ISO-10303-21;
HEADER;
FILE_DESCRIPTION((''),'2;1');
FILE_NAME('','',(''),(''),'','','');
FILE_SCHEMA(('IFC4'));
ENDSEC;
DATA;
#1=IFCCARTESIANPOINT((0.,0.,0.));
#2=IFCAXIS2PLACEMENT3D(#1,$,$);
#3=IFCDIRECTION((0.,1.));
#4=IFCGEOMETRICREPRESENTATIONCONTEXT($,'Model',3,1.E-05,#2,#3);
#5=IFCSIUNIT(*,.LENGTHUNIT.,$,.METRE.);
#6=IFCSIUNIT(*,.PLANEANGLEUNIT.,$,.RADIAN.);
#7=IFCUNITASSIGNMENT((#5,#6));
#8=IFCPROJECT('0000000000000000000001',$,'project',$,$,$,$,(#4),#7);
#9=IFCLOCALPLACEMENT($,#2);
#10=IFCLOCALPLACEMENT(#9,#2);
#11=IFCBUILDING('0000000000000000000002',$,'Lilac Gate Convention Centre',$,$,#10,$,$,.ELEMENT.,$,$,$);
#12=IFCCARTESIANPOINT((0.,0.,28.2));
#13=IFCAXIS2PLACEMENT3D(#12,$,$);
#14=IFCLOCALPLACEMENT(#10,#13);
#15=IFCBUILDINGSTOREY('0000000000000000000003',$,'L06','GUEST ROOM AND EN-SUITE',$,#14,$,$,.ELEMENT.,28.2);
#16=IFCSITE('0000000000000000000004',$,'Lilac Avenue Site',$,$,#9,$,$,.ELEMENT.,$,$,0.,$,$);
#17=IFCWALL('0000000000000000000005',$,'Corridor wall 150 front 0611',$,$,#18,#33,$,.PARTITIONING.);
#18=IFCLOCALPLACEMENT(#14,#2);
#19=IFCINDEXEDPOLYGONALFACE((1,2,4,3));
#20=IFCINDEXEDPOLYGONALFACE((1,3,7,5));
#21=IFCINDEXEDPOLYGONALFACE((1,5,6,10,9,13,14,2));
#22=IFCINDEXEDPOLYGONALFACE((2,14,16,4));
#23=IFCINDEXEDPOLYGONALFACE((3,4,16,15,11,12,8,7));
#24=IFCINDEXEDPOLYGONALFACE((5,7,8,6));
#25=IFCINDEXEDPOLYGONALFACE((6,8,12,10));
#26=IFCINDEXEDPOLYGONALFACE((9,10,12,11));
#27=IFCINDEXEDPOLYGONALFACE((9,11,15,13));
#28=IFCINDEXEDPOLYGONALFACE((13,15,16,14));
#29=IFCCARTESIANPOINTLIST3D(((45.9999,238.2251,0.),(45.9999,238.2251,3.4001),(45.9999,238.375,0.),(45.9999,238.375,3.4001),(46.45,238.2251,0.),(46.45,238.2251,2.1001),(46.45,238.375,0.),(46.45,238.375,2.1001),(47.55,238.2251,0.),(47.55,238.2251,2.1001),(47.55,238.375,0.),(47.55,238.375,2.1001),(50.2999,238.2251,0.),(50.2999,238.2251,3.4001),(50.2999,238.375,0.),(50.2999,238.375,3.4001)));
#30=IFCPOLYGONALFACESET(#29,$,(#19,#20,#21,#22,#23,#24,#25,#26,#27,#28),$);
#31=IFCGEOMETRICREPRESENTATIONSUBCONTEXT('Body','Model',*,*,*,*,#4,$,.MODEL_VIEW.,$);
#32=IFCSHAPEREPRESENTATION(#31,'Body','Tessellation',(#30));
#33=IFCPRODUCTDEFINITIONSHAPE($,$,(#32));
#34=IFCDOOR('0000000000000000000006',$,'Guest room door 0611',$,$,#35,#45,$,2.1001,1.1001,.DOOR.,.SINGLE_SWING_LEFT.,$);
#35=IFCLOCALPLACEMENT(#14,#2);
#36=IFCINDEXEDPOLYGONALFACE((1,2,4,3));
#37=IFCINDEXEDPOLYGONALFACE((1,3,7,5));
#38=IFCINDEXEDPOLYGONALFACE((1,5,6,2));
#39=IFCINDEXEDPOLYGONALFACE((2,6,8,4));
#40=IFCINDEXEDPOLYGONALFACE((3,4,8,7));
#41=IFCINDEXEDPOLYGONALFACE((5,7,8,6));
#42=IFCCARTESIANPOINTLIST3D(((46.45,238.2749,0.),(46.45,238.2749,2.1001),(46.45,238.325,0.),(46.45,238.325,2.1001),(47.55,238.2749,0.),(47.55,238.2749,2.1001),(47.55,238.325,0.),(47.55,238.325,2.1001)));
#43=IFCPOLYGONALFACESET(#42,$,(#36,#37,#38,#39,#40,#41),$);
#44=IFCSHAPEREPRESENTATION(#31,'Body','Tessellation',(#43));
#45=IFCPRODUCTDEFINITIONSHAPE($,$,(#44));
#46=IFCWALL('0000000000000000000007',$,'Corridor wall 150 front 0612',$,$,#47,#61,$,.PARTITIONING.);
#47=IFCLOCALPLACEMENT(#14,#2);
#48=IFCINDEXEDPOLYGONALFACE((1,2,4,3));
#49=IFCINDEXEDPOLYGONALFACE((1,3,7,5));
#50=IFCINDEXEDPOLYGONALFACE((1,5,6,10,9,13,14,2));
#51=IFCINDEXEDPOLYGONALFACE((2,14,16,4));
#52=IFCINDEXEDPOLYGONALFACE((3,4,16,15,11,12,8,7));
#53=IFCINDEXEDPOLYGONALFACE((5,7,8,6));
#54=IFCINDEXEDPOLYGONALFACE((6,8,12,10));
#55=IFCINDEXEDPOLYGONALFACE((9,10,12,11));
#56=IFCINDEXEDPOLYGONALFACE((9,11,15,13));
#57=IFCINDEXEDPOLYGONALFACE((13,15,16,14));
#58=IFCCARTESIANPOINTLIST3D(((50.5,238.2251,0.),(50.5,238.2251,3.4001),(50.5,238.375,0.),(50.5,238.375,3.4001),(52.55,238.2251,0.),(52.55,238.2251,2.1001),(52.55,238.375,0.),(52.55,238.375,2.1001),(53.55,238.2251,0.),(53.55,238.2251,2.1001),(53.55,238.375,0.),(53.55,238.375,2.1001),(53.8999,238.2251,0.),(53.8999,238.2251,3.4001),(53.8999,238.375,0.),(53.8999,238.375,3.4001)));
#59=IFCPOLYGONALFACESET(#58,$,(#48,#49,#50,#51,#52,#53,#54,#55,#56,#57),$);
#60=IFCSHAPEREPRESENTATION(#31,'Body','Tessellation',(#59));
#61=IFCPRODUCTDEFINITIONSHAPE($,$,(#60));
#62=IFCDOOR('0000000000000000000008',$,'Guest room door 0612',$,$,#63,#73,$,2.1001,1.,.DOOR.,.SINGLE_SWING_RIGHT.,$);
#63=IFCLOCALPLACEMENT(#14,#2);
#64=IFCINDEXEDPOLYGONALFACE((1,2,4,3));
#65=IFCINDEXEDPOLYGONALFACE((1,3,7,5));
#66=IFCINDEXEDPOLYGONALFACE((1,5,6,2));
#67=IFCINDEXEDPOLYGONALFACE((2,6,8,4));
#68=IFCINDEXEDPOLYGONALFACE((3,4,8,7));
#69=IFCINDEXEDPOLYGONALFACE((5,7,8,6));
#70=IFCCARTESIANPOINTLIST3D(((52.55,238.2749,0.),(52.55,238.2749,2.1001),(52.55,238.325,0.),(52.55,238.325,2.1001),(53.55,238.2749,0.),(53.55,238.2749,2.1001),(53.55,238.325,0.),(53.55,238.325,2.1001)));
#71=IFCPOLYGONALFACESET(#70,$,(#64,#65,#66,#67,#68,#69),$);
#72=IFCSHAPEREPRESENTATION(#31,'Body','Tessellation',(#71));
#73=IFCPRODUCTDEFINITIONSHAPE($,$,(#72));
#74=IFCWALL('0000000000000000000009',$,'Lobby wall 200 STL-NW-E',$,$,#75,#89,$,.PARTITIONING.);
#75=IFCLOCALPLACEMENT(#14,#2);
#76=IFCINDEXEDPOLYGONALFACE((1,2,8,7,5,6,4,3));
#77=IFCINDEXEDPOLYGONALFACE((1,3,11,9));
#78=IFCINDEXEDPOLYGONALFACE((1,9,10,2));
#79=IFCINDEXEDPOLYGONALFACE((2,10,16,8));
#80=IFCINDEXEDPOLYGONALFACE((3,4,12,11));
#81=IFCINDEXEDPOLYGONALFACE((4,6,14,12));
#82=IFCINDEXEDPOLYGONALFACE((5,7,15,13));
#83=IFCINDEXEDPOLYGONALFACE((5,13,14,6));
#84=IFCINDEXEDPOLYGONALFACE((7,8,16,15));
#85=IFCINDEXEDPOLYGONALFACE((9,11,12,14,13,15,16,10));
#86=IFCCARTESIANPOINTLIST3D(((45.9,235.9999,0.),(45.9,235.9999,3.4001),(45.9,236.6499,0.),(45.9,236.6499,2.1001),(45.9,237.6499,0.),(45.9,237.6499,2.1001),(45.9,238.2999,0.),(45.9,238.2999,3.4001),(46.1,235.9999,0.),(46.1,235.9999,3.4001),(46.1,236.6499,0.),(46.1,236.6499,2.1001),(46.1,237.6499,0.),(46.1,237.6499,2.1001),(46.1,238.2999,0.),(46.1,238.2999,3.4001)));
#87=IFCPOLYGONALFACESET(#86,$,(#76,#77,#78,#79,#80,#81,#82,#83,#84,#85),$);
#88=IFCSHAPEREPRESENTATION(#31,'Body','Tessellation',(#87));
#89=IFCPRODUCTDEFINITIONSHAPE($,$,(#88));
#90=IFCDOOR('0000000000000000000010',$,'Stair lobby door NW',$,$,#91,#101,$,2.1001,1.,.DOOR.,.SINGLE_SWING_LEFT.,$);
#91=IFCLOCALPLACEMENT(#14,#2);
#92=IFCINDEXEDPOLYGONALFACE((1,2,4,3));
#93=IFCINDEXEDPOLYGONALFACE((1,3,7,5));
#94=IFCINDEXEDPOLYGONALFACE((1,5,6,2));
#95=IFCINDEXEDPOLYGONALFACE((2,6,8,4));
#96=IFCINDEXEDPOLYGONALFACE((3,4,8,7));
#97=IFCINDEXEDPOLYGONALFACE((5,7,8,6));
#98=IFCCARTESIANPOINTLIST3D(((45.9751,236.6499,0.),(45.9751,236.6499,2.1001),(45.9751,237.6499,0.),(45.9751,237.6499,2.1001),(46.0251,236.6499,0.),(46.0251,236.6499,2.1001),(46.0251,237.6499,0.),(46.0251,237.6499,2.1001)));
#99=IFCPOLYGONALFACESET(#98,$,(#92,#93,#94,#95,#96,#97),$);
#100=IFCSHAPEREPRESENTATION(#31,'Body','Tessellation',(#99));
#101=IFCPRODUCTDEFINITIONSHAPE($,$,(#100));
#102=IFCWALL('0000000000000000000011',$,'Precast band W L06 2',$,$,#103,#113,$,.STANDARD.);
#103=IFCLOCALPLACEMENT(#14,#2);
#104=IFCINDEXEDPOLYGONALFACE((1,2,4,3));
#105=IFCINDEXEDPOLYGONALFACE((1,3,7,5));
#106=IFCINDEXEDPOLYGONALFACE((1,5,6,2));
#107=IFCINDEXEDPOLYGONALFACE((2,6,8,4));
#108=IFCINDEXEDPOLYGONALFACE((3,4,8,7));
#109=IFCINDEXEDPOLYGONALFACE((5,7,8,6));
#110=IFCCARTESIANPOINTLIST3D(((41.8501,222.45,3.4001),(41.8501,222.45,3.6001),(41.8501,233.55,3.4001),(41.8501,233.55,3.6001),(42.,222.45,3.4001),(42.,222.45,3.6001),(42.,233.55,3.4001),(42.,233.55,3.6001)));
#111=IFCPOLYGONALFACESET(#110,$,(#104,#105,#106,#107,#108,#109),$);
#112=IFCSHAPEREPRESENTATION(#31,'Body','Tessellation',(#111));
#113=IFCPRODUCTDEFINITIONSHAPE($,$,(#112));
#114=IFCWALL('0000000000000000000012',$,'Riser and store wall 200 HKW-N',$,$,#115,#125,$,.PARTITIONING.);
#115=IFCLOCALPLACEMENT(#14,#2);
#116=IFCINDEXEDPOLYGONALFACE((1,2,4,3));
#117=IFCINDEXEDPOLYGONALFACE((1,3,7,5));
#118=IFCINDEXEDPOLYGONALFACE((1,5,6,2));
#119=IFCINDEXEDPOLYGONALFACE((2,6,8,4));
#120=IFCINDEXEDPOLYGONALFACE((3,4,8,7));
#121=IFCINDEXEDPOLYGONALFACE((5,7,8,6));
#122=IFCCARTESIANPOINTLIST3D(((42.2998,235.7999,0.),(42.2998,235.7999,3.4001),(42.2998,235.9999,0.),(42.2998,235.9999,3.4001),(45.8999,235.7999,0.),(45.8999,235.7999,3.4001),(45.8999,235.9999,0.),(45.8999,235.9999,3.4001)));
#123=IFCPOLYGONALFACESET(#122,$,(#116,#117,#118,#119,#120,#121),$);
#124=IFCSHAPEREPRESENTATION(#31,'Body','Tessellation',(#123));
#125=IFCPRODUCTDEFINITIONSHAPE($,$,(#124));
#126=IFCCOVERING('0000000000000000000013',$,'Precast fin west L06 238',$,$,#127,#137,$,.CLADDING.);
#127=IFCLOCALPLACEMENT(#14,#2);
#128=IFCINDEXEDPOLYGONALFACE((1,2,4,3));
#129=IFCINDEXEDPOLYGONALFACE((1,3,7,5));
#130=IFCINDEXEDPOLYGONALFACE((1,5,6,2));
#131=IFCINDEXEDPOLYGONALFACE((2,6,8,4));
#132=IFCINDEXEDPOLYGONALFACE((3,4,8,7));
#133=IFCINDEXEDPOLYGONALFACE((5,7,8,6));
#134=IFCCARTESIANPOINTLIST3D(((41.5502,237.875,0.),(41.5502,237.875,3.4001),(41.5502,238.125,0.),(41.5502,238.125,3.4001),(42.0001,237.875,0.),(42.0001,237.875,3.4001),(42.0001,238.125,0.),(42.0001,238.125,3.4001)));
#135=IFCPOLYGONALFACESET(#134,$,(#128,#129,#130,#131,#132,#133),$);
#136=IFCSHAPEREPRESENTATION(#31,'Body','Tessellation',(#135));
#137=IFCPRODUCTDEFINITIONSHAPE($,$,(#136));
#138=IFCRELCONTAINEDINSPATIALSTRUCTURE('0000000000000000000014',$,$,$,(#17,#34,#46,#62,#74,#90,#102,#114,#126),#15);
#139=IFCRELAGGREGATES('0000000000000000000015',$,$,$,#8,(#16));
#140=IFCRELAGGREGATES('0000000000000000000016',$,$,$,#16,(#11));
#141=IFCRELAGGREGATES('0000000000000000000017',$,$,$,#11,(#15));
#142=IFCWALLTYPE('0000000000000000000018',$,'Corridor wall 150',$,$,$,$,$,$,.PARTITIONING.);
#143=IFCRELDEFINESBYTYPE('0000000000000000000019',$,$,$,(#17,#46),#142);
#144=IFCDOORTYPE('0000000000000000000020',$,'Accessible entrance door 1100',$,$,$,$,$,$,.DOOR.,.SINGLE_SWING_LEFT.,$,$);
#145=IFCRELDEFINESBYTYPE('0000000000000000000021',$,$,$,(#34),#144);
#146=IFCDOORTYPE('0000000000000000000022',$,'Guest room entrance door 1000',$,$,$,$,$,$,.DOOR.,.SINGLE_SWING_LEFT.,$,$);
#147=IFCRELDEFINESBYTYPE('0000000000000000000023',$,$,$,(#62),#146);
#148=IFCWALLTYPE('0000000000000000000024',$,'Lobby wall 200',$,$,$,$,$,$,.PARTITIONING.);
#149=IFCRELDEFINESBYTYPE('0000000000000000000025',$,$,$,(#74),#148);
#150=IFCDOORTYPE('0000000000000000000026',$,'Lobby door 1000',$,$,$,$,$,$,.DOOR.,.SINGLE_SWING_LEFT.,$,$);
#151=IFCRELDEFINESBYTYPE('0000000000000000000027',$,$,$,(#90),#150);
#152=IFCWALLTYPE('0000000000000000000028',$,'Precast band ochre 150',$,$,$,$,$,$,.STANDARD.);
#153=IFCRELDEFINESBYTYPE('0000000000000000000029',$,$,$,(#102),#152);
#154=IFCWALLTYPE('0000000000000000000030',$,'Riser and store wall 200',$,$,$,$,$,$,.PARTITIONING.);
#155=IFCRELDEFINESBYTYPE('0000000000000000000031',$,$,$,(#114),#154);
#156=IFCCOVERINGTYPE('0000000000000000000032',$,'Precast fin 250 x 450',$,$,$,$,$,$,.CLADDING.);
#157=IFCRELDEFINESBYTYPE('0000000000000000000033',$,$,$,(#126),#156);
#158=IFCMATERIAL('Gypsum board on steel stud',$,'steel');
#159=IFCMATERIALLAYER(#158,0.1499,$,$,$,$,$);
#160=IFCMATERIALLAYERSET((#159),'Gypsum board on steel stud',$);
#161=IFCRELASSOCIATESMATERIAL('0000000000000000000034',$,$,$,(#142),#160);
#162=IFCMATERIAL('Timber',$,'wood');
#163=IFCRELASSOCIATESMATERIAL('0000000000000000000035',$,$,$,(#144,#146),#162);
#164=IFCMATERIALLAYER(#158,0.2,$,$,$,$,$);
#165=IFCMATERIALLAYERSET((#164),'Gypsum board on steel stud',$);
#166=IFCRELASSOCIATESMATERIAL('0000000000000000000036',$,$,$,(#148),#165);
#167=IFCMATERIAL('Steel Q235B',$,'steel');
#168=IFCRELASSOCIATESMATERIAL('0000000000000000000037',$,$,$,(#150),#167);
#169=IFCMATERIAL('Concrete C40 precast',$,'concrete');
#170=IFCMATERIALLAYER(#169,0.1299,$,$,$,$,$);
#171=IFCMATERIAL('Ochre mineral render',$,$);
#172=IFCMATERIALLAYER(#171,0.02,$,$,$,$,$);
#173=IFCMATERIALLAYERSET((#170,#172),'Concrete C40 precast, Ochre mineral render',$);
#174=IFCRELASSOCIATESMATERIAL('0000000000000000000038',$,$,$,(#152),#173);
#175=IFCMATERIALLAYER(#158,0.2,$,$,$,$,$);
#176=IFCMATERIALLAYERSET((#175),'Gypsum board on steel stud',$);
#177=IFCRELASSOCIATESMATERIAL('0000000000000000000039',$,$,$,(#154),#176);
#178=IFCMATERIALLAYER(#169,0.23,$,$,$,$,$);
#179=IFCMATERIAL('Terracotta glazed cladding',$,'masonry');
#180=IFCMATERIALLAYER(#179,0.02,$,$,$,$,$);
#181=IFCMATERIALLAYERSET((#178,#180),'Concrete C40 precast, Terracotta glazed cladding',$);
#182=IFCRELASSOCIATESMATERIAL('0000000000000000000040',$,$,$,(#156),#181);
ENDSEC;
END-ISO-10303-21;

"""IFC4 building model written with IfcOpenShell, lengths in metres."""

from ifc_helpers import new_model, si_unit, direction, frame, frame_2d, origin, place, context, subcontext, project, spatial, rectangle, extrude, material, layer, layer_set, type_object, element, fill, save


model = new_model("IFC4")

# Units and contexts
model_context = context("Model", 3, precision=1e-05, world=origin(), true_north=direction((0.0, 1.0)))
body_context = subcontext(model_context, "Body", "Model", "MODEL_VIEW")
ifc_project = project(units=[si_unit("LENGTHUNIT", "METRE"), si_unit("PLANEANGLEUNIT", "RADIAN")], contexts=[model_context])

# Site, building, storey
site_placement = place(None, origin())
site = spatial("IfcSite", under=ifc_project, at=site_placement, Name="Lilac Avenue Site", CompositionType="ELEMENT", RefElevation=0.0)
building_placement = place(site_placement, origin())
building = spatial("IfcBuilding", under=site, at=building_placement, Name="Lilac Gate Convention Centre", CompositionType="ELEMENT")
storey_placement = place(building_placement, frame((0.0, 0.0, 28.2)))
storey = spatial("IfcBuildingStorey", under=building, at=storey_placement, Name="L06", Description="GUEST ROOM AND EN-SUITE", CompositionType="ELEMENT", Elevation=28.2)

# Walls, openings, doors
ifc_material_1 = material(Name="Gypsum board on steel stud", Category="steel")
ifc_layer_1 = layer(ifc_material_1, 0.1499)
ifc_layer_set_1 = layer_set([ifc_layer_1], Name="Gypsum board on steel stud")
wall_type_1 = type_object("IfcWallType", Name="Corridor wall 150", PredefinedType="PARTITIONING", material=ifc_layer_set_1)
wall_1_placement = place(storey_placement, frame((46.0, 238.3, 0.0), z_axis=(0.0, 0.0, 1.0), x_axis=(1.0, 0.0, 0.0)))
wall_1 = element("IfcWall", 1, at=wall_1_placement, inside=storey, type_object=wall_type_1, Name="Corridor wall 150 front 0611", PredefinedType="PARTITIONING", context=body_context, shape_type="SweptSolid", body=[
    extrude(rectangle(XDim=4.3, YDim=0.1499, at=frame_2d((2.1499, 0.0))), origin(), (0.0, 0.0, 1.0), 3.4001),
])
opening_1_placement = place(wall_1_placement, frame((0.45, 0.0, 0.0)))
opening_1 = element("IfcOpeningElement", 2, at=opening_1_placement, cuts=wall_1, PredefinedType="OPENING", context=body_context, shape_type="SweptSolid", body=[
    extrude(rectangle(XDim=1.1001, YDim=2.1001, at=frame_2d((0.55, 1.05))), frame((0.0, 0.085, 0.0), z_axis=(0.0, -1.0, 0.0), x_axis=(1.0, 0.0, 0.0)), (0.0, 0.0, 1.0), 0.1699),
])
ifc_material_2 = material(Name="Timber", Category="wood")
door_type_1 = type_object("IfcDoorType", Name="Accessible entrance door 1100", OperationType="SINGLE_SWING_LEFT", PredefinedType="DOOR", material=ifc_material_2)
door_1_placement = place(opening_1_placement, origin())
door_1 = element("IfcDoor", 3, at=door_1_placement, inside=storey, type_object=door_type_1, Name="Guest room door 0611", OperationType="SINGLE_SWING_LEFT", OverallHeight=2.1001, OverallWidth=1.1001, PredefinedType="DOOR", context=body_context, shape_type="SweptSolid", body=[
    extrude(rectangle(XDim=1.1001, YDim=2.1001, at=frame_2d((0.55, 1.05))), frame((0.0, 0.0249, 0.0), z_axis=(0.0, -1.0, 0.0), x_axis=(1.0, 0.0, 0.0)), (0.0, 0.0, 1.0), 0.05),
])
fill(opening_1, door_1)
wall_2_placement = place(storey_placement, frame((50.5, 238.3, 0.0), z_axis=(0.0, 0.0, 1.0), x_axis=(1.0, 0.0, 0.0)))
wall_2 = element("IfcWall", 4, at=wall_2_placement, inside=storey, type_object=wall_type_1, Name="Corridor wall 150 front 0612", PredefinedType="PARTITIONING", context=body_context, shape_type="SweptSolid", body=[
    extrude(rectangle(XDim=3.3999, YDim=0.1499, at=frame_2d((1.7, 0.0))), origin(), (0.0, 0.0, 1.0), 3.4001),
])
opening_2_placement = place(wall_2_placement, frame((2.05, 0.0, 0.0)))
opening_2 = element("IfcOpeningElement", 5, at=opening_2_placement, cuts=wall_2, PredefinedType="OPENING", context=body_context, shape_type="SweptSolid", body=[
    extrude(rectangle(XDim=1.0, YDim=2.1001, at=frame_2d((0.5, 1.05))), frame((0.0, 0.085, 0.0), z_axis=(0.0, -1.0, 0.0), x_axis=(1.0, 0.0, 0.0)), (0.0, 0.0, 1.0), 0.1699),
])
door_type_2 = type_object("IfcDoorType", Name="Guest room entrance door 1000", OperationType="SINGLE_SWING_LEFT", PredefinedType="DOOR", material=ifc_material_2)
door_2_placement = place(opening_2_placement, origin())
door_2 = element("IfcDoor", 6, at=door_2_placement, inside=storey, type_object=door_type_2, Name="Guest room door 0612", OperationType="SINGLE_SWING_RIGHT", OverallHeight=2.1001, OverallWidth=1.0, PredefinedType="DOOR", context=body_context, shape_type="SweptSolid", body=[
    extrude(rectangle(XDim=1.0, YDim=2.1001, at=frame_2d((0.5, 1.05))), frame((0.0, 0.0249, 0.0), z_axis=(0.0, -1.0, 0.0), x_axis=(1.0, 0.0, 0.0)), (0.0, 0.0, 1.0), 0.05),
])
fill(opening_2, door_2)
ifc_layer_2 = layer(ifc_material_1, 0.2)
ifc_layer_set_2 = layer_set([ifc_layer_2], Name="Gypsum board on steel stud")
wall_type_2 = type_object("IfcWallType", Name="Lobby wall 200", PredefinedType="PARTITIONING", material=ifc_layer_set_2)
wall_3_placement = place(storey_placement, frame((46.0, 236.0, 0.0), z_axis=(0.0, 0.0, 1.0), x_axis=(0.0, 1.0, 0.0)))
wall_3 = element("IfcWall", 7, at=wall_3_placement, inside=storey, type_object=wall_type_2, Name="Lobby wall 200 STL-NW-E", PredefinedType="PARTITIONING", context=body_context, shape_type="SweptSolid", body=[
    extrude(rectangle(XDim=2.3, YDim=0.2, at=frame_2d((1.1499, 0.0))), origin(), (0.0, 0.0, 1.0), 3.4001),
])
opening_3_placement = place(wall_3_placement, frame((0.6499, 0.0, 0.0)))
opening_3 = element("IfcOpeningElement", 8, at=opening_3_placement, cuts=wall_3, PredefinedType="OPENING", context=body_context, shape_type="SweptSolid", body=[
    extrude(rectangle(XDim=1.0, YDim=2.1001, at=frame_2d((0.5, 1.05))), frame((0.0, 0.1099, 0.0), z_axis=(0.0, -1.0, 0.0), x_axis=(1.0, 0.0, 0.0)), (0.0, 0.0, 1.0), 0.22),
])
ifc_material_3 = material(Name="Steel Q235B", Category="steel")
door_type_3 = type_object("IfcDoorType", Name="Lobby door 1000", OperationType="SINGLE_SWING_LEFT", PredefinedType="DOOR", material=ifc_material_3)
door_3_placement = place(opening_3_placement, origin())
door_3 = element("IfcDoor", 9, at=door_3_placement, inside=storey, type_object=door_type_3, Name="Stair lobby door NW", OperationType="SINGLE_SWING_LEFT", OverallHeight=2.1001, OverallWidth=1.0, PredefinedType="DOOR", context=body_context, shape_type="SweptSolid", body=[
    extrude(rectangle(XDim=1.0, YDim=2.1001, at=frame_2d((0.5, 1.05))), frame((0.0, 0.0249, 0.0), z_axis=(0.0, -1.0, 0.0), x_axis=(1.0, 0.0, 0.0)), (0.0, 0.0, 1.0), 0.05),
])
fill(opening_3, door_3)

# Walls
ifc_material_4 = material(Name="Concrete C40 precast", Category="concrete")
ifc_layer_3 = layer(ifc_material_4, 0.1299)
ifc_material_5 = material(Name="Ochre mineral render")
ifc_layer_4 = layer(ifc_material_5, 0.02)
ifc_layer_set_3 = layer_set([ifc_layer_3, ifc_layer_4], Name="Concrete C40 precast, Ochre mineral render")
wall_type_3 = type_object("IfcWallType", Name="Precast band ochre 150", PredefinedType="STANDARD", material=ifc_layer_set_3)
wall_4_placement = place(storey_placement, frame((41.925, 233.55, 3.4001), z_axis=(0.0, 0.0, 1.0), x_axis=(0.0, -1.0, 0.0)))
element("IfcWall", 10, at=wall_4_placement, inside=storey, type_object=wall_type_3, Name="Precast band W L06 2", PredefinedType="STANDARD", context=body_context, shape_type="SweptSolid", body=[
    extrude(rectangle(XDim=11.1001, YDim=0.1499, at=frame_2d((5.55, 0.0))), origin(), (0.0, 0.0, 1.0), 0.2),
])
ifc_layer_5 = layer(ifc_material_1, 0.2)
ifc_layer_set_4 = layer_set([ifc_layer_5], Name="Gypsum board on steel stud")
wall_type_4 = type_object("IfcWallType", Name="Riser and store wall 200", PredefinedType="PARTITIONING", material=ifc_layer_set_4)
wall_5_placement = place(storey_placement, frame((42.2998, 235.8999, 0.0), z_axis=(0.0, 0.0, 1.0), x_axis=(1.0, 0.0, 0.0)))
element("IfcWall", 11, at=wall_5_placement, inside=storey, type_object=wall_type_4, Name="Riser and store wall 200 HKW-N", PredefinedType="PARTITIONING", context=body_context, shape_type="SweptSolid", body=[
    extrude(rectangle(XDim=3.6001, YDim=0.2, at=frame_2d((1.8, 0.0))), origin(), (0.0, 0.0, 1.0), 3.4001),
])

# Covering
ifc_layer_6 = layer(ifc_material_4, 0.23)
ifc_material_6 = material(Name="Terracotta glazed cladding", Category="masonry")
ifc_layer_7 = layer(ifc_material_6, 0.02)
ifc_layer_set_5 = layer_set([ifc_layer_6, ifc_layer_7], Name="Concrete C40 precast, Terracotta glazed cladding")
covering_type = type_object("IfcCoveringType", Name="Precast fin 250 x 450", PredefinedType="CLADDING", material=ifc_layer_set_5)
covering_placement = place(storey_placement, frame((41.55, 238.0, 0.0), z_axis=(0.0, 0.0, 1.0), x_axis=(1.0, 0.0, 0.0)))
element("IfcCovering", 12, at=covering_placement, inside=storey, type_object=covering_type, Name="Precast fin west L06 238", PredefinedType="CLADDING", context=body_context, shape_type="SweptSolid", body=[
    extrude(rectangle(XDim=0.45, YDim=0.25, at=frame_2d((0.2251, 0.0))), origin(), (0.0, 0.0, 1.0), 3.4001),
])

save(model, "model.ifc")
